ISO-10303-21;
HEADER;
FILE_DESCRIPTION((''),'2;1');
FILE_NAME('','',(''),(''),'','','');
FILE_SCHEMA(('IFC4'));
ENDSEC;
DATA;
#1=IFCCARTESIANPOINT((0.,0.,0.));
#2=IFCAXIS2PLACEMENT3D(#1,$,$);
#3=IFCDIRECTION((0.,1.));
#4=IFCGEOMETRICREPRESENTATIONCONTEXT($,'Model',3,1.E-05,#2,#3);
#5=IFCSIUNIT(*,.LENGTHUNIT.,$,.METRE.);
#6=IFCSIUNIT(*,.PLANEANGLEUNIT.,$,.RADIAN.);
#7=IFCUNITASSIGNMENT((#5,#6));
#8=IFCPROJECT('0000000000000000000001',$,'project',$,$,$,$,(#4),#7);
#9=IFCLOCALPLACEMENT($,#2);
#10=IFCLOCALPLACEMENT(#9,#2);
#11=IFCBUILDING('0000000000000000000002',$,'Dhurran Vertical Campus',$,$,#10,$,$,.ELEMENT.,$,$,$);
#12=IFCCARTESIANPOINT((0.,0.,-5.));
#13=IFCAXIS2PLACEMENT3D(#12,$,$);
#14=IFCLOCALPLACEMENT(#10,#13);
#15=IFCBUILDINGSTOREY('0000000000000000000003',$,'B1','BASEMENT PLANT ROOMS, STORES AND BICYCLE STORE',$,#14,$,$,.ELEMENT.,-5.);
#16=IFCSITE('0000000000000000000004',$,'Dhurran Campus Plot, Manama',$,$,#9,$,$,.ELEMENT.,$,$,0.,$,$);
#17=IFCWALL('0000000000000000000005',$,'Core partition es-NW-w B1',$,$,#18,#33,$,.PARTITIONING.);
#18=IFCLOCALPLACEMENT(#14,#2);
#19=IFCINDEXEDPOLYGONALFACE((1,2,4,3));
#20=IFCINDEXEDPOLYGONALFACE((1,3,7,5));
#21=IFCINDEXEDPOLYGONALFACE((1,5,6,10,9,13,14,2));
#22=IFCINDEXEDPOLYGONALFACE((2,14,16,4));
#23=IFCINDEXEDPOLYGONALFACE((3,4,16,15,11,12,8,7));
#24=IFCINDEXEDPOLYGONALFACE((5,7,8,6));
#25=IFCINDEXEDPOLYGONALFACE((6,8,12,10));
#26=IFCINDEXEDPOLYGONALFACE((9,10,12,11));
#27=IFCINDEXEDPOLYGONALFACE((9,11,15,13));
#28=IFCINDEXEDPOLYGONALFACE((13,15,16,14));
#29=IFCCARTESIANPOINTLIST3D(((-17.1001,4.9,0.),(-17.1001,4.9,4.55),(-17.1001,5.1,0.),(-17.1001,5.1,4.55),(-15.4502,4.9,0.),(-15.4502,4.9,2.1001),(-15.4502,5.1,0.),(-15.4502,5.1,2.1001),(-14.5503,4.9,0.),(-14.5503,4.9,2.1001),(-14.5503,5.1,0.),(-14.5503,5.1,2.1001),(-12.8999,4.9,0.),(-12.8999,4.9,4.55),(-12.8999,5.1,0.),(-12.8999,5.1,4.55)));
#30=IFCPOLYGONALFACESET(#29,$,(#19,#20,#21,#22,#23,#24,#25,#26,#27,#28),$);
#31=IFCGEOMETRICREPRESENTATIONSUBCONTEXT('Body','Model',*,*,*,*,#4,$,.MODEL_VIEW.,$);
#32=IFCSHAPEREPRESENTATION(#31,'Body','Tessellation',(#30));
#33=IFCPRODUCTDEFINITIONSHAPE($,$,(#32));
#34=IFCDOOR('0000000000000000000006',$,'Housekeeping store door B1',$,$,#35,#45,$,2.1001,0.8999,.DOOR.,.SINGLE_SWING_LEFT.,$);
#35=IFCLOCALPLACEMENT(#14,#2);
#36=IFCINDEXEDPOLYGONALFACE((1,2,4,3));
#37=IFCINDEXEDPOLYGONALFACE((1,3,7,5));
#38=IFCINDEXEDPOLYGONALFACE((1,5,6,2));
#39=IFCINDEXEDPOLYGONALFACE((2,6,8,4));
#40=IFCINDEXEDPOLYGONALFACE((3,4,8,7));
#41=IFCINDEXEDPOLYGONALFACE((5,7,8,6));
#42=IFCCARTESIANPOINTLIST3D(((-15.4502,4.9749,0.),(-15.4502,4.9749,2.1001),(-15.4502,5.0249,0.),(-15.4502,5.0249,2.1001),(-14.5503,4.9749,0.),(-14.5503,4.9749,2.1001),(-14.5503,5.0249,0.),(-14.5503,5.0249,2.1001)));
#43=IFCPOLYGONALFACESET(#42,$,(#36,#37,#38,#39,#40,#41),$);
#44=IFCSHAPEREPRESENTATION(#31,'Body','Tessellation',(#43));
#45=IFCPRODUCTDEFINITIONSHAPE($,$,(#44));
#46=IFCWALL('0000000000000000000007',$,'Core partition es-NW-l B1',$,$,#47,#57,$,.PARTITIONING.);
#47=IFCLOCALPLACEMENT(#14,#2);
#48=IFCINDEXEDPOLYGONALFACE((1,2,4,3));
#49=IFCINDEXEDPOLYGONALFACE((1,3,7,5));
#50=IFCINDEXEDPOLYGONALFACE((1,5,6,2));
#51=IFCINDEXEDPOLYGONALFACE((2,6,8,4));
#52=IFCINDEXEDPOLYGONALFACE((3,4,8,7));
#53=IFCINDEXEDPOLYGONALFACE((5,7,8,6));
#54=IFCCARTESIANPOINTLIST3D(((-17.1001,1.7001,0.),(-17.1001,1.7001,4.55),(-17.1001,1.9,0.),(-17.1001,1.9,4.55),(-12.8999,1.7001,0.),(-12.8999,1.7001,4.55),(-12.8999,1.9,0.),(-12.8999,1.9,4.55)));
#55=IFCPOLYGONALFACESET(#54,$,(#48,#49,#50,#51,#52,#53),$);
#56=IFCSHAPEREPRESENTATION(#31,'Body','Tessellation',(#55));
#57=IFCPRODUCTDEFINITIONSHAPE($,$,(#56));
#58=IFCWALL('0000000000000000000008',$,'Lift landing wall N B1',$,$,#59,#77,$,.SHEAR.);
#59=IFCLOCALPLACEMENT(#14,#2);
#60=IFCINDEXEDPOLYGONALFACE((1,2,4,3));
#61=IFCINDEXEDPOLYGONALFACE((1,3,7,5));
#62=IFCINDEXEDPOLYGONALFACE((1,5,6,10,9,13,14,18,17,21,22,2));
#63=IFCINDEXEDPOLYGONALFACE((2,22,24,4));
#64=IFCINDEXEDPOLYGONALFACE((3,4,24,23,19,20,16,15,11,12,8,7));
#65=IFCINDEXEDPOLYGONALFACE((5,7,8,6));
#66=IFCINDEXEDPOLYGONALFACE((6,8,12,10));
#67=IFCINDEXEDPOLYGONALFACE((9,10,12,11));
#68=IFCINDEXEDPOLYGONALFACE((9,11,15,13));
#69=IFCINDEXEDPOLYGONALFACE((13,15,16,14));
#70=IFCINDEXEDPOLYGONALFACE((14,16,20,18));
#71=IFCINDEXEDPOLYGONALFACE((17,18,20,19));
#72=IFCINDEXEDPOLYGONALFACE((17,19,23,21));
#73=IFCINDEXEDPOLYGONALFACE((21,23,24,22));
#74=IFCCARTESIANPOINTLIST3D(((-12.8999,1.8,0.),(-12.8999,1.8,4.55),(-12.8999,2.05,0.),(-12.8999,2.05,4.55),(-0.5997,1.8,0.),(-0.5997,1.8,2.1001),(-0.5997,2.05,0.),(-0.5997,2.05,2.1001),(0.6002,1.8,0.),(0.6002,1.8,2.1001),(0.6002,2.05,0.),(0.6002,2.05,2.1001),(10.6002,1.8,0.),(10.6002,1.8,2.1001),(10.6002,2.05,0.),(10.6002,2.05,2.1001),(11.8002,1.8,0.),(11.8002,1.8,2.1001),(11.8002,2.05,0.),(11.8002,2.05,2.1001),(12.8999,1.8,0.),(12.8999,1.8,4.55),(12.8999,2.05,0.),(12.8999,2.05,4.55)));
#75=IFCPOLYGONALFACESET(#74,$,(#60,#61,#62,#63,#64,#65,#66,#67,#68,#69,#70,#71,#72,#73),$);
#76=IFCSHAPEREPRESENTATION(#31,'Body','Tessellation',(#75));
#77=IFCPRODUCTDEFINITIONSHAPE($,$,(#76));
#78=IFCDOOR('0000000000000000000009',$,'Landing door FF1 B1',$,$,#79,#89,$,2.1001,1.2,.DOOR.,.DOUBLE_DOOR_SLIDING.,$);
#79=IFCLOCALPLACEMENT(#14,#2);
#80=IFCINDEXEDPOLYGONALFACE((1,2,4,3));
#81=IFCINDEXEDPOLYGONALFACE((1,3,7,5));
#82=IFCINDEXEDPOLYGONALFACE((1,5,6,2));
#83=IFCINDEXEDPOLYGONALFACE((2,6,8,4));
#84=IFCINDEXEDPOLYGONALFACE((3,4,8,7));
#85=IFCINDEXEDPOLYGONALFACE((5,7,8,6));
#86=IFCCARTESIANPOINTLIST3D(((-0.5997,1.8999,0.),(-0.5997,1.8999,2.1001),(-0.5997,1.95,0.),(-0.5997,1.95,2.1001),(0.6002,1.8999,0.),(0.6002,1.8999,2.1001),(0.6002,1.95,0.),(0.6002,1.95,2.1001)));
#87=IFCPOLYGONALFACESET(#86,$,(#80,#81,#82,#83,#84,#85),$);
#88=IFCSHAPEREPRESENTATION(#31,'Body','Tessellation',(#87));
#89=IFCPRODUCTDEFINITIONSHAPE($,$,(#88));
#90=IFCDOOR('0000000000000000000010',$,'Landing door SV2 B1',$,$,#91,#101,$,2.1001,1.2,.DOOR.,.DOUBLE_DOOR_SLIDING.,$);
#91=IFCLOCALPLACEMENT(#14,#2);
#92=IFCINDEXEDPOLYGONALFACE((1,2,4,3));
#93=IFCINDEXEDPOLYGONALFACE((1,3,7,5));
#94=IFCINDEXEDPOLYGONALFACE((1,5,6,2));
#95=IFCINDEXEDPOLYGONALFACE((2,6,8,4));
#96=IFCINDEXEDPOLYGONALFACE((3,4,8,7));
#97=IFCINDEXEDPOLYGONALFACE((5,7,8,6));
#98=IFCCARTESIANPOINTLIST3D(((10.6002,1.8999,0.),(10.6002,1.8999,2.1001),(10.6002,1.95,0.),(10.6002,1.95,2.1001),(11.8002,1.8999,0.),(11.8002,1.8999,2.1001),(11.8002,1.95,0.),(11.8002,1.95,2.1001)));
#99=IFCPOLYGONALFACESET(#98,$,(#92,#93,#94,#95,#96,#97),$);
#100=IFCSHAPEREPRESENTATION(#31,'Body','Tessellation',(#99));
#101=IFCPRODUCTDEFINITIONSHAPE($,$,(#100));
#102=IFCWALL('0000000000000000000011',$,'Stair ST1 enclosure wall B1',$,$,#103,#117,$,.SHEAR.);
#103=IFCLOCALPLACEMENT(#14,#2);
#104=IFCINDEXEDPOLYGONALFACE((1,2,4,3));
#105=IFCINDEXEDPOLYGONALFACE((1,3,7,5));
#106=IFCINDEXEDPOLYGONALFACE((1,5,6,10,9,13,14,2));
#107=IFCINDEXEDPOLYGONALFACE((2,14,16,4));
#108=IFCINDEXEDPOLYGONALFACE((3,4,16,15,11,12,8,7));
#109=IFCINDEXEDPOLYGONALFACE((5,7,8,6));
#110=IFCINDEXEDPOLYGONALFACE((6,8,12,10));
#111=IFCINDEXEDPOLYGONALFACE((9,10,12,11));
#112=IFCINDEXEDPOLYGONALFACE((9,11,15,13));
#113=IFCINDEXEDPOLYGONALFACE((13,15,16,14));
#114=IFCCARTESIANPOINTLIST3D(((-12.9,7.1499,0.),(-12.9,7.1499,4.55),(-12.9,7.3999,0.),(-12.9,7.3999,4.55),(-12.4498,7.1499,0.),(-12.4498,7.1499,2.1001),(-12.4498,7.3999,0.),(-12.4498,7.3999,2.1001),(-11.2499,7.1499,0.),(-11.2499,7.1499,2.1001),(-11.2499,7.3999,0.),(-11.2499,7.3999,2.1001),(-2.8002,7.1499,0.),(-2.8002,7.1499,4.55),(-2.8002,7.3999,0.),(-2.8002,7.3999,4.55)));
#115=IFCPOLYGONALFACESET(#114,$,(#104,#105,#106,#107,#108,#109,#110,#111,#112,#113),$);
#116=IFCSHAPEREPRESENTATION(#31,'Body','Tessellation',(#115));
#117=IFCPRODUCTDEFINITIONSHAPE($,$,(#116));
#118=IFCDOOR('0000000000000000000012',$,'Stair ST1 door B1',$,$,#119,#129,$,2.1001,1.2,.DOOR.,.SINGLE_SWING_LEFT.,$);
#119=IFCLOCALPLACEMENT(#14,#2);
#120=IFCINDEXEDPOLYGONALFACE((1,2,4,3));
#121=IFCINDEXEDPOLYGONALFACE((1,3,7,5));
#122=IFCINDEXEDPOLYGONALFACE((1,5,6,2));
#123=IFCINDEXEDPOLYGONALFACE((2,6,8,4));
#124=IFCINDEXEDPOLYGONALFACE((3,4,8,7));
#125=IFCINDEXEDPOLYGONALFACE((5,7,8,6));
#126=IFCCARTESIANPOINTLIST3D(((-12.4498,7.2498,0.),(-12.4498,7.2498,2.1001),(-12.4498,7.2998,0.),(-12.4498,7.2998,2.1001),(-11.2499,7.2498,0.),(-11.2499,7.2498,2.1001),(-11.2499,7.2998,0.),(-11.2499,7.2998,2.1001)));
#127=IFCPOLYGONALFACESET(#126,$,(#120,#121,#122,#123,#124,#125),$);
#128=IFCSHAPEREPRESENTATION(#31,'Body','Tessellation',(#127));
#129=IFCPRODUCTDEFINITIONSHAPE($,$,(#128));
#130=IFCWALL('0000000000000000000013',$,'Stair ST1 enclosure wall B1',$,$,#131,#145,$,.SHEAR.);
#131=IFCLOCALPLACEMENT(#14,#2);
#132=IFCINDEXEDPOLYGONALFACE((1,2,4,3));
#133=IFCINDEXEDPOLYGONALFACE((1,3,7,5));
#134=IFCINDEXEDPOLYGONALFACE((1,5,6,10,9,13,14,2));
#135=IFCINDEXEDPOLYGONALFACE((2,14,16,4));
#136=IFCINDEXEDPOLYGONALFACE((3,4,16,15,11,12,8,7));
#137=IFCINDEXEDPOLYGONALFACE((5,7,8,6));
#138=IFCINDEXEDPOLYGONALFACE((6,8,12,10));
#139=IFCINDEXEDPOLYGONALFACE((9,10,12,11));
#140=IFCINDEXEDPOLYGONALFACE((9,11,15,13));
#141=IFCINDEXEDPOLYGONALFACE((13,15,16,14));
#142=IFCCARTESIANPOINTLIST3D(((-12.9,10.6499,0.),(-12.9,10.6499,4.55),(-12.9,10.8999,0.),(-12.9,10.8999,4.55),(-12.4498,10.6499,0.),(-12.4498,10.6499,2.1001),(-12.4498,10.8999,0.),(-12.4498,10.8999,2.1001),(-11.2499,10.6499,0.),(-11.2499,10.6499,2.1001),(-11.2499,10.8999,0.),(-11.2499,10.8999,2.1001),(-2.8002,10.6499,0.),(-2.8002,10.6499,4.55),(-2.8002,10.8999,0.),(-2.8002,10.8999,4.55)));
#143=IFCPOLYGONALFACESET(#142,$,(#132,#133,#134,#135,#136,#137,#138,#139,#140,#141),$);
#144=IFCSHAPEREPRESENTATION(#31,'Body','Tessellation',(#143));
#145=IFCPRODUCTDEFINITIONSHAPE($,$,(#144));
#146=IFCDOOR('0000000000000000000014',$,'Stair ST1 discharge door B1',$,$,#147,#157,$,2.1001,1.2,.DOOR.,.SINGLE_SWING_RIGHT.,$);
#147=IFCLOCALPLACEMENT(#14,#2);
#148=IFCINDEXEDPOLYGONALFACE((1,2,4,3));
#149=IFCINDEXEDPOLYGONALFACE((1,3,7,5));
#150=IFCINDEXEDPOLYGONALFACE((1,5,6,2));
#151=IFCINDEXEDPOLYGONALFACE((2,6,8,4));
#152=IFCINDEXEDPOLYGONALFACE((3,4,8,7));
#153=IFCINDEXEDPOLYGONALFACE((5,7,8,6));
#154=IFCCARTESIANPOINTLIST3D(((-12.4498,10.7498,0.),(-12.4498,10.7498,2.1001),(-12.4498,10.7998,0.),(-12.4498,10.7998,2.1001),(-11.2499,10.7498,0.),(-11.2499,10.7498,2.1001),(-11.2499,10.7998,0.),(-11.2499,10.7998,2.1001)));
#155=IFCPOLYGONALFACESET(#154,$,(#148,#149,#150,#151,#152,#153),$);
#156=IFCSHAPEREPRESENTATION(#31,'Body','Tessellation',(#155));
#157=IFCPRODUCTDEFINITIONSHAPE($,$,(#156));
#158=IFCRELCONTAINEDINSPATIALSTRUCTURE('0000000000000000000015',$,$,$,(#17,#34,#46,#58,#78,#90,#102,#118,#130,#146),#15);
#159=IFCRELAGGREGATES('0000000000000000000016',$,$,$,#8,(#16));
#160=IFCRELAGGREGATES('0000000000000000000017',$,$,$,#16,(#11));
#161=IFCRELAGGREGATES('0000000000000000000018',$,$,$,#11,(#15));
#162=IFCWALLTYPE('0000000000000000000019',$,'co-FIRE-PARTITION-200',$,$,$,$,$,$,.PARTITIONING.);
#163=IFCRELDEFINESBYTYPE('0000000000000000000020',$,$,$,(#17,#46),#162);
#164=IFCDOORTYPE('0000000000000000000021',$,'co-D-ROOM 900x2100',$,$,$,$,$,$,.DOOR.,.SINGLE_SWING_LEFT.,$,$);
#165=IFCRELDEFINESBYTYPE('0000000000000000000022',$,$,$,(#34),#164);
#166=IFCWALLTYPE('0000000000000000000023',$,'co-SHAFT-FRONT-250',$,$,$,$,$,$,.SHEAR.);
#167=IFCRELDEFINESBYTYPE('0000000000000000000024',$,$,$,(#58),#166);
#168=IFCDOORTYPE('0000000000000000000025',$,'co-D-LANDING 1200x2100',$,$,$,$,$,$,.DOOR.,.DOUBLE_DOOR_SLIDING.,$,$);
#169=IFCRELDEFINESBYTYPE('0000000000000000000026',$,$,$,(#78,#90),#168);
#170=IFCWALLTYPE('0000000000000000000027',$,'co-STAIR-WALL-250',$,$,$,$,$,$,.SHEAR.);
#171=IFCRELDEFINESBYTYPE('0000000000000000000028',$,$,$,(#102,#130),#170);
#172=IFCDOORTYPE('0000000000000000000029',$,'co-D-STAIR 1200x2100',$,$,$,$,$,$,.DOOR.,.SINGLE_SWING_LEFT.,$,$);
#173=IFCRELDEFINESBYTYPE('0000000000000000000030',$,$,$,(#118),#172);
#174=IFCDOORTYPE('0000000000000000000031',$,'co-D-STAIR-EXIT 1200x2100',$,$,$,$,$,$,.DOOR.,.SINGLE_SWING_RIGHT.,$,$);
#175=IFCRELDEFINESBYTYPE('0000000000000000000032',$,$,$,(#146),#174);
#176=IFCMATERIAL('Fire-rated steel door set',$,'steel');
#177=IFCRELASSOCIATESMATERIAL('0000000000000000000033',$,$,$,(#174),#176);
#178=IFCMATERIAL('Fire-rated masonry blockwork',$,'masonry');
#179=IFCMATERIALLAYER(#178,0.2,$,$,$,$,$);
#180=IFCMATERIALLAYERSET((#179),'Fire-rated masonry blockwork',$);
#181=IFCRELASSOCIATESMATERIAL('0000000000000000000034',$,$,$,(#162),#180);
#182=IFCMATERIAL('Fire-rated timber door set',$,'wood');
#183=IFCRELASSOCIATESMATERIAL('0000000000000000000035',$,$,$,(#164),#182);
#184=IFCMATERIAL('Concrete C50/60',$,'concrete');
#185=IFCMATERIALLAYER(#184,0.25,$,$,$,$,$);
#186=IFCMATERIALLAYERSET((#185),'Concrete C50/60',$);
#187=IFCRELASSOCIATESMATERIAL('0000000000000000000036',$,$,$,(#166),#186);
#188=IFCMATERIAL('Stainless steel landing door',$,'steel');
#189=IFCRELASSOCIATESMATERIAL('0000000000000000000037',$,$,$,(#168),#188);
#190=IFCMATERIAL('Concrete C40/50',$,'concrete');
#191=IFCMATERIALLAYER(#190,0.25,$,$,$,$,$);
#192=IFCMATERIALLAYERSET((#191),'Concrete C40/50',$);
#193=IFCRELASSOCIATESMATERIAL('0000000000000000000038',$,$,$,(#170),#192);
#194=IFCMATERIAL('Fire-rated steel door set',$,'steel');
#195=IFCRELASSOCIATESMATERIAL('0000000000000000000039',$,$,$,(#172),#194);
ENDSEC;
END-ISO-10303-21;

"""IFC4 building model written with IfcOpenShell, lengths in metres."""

from ifc_helpers import new_model, si_unit, direction, frame, frame_2d, origin, place, context, subcontext, project, spatial, rectangle, extrude, material, layer, layer_set, type_object, element, fill, save


model = new_model("IFC4")

# Units and contexts
model_context = context("Model", 3, precision=1e-05, world=origin(), true_north=direction((0.0, 1.0)))
body_context = subcontext(model_context, "Body", "Model", "MODEL_VIEW")
ifc_project = project(units=[si_unit("LENGTHUNIT", "METRE"), si_unit("PLANEANGLEUNIT", "RADIAN")], contexts=[model_context])

# Site, building, storey
site_placement = place(None, origin())
site = spatial("IfcSite", under=ifc_project, at=site_placement, Name="Dhurran Campus Plot, Manama", CompositionType="ELEMENT", RefElevation=0.0)
building_placement = place(site_placement, origin())
building = spatial("IfcBuilding", under=site, at=building_placement, Name="Dhurran Vertical Campus", CompositionType="ELEMENT")
storey_placement = place(building_placement, frame((0.0, 0.0, -5.0)))
storey = spatial("IfcBuildingStorey", under=building, at=storey_placement, Name="B1", Description="BASEMENT PLANT ROOMS, STORES AND BICYCLE STORE", CompositionType="ELEMENT", Elevation=-5.0)

# Shared definitions
ifc_material_1 = material(Name="Fire-rated steel door set", Category="steel")
door_type_1 = type_object("IfcDoorType", Name="co-D-STAIR-EXIT 1200x2100", OperationType="SINGLE_SWING_RIGHT", PredefinedType="DOOR", material=ifc_material_1)

# Shared definitions
ifc_material_2 = material(Name="Fire-rated masonry blockwork", Category="masonry")
ifc_layer_1 = layer(ifc_material_2, 0.2)
ifc_layer_set_1 = layer_set([ifc_layer_1], Name="Fire-rated masonry blockwork")
wall_type_1 = type_object("IfcWallType", Name="co-FIRE-PARTITION-200", PredefinedType="PARTITIONING", material=ifc_layer_set_1)

# Wall, opening, door
ifc_material_3 = material(Name="Fire-rated timber door set", Category="wood")
door_type_2 = type_object("IfcDoorType", Name="co-D-ROOM 900x2100", OperationType="SINGLE_SWING_LEFT", PredefinedType="DOOR", material=ifc_material_3)
wall_1_placement = place(storey_placement, frame((-17.1001, 5.0, 0.0), z_axis=(0.0, 0.0, 1.0), x_axis=(1.0, 0.0, 0.0)))
wall_1 = element("IfcWall", 1, at=wall_1_placement, inside=storey, type_object=wall_type_1, Name="Core partition es-NW-w B1", PredefinedType="PARTITIONING", context=body_context, shape_type="SweptSolid", body=[
    extrude(rectangle(XDim=4.2002, YDim=0.2, at=frame_2d((2.1001, 0.0))), origin(), (0.0, 0.0, 1.0), 4.55),
])
opening_1_placement = place(wall_1_placement, frame((1.6499, 0.0, 0.0)))
opening_1 = element("IfcOpeningElement", 2, at=opening_1_placement, cuts=wall_1, PredefinedType="OPENING", context=body_context, shape_type="SweptSolid", body=[
    extrude(rectangle(XDim=0.8999, YDim=2.1001, at=frame_2d((0.45, 1.05))), frame((0.0, 0.1099, 0.0), z_axis=(0.0, -1.0, 0.0), x_axis=(1.0, 0.0, 0.0)), (0.0, 0.0, 1.0), 0.22),
])
door_1_placement = place(opening_1_placement, origin())
door_1 = element("IfcDoor", 3, at=door_1_placement, inside=storey, type_object=door_type_2, Name="Housekeeping store door B1", OperationType="SINGLE_SWING_LEFT", OverallHeight=2.1001, OverallWidth=0.8999, PredefinedType="DOOR", context=body_context, shape_type="SweptSolid", body=[
    extrude(rectangle(XDim=0.8999, YDim=2.1001, at=frame_2d((0.45, 1.05))), frame((0.0, 0.0249, 0.0), z_axis=(0.0, -1.0, 0.0), x_axis=(1.0, 0.0, 0.0)), (0.0, 0.0, 1.0), 0.05),
])
fill(opening_1, door_1)

# Wall
wall_2_placement = place(storey_placement, frame((-17.1001, 1.8, 0.0), z_axis=(0.0, 0.0, 1.0), x_axis=(1.0, 0.0, 0.0)))
element("IfcWall", 4, at=wall_2_placement, inside=storey, type_object=wall_type_1, Name="Core partition es-NW-l B1", PredefinedType="PARTITIONING", context=body_context, shape_type="SweptSolid", body=[
    extrude(rectangle(XDim=4.2002, YDim=0.2, at=frame_2d((2.1001, 0.0))), origin(), (0.0, 0.0, 1.0), 4.55),
])

# Wall, openings, doors
ifc_material_4 = material(Name="Concrete C50/60", Category="concrete")
ifc_layer_2 = layer(ifc_material_4, 0.25)
ifc_layer_set_2 = layer_set([ifc_layer_2], Name="Concrete C50/60")
wall_type_2 = type_object("IfcWallType", Name="co-SHAFT-FRONT-250", PredefinedType="SHEAR", material=ifc_layer_set_2)
wall_3_placement = place(storey_placement, frame((-12.8999, 1.925, 0.0), z_axis=(0.0, 0.0, 1.0), x_axis=(1.0, 0.0, 0.0)))
wall_3 = element("IfcWall", 5, at=wall_3_placement, inside=storey, type_object=wall_type_2, Name="Lift landing wall N B1", PredefinedType="SHEAR", context=body_context, shape_type="SweptSolid", body=[
    extrude(rectangle(XDim=25.7998, YDim=0.25, at=frame_2d((12.8999, 0.0))), origin(), (0.0, 0.0, 1.0), 4.55),
])
opening_2_placement = place(wall_3_placement, frame((12.3, 0.0, 0.0)))
opening_2 = element("IfcOpeningElement", 6, at=opening_2_placement, cuts=wall_3, PredefinedType="OPENING", context=body_context, shape_type="SweptSolid", body=[
    extrude(rectangle(XDim=1.2, YDim=2.1001, at=frame_2d((0.6001, 1.05))), frame((0.0, 0.135, 0.0), z_axis=(0.0, -1.0, 0.0), x_axis=(1.0, 0.0, 0.0)), (0.0, 0.0, 1.0), 0.27),
])
opening_3_placement = place(wall_3_placement, frame((23.5, 0.0, 0.0)))
opening_3 = element("IfcOpeningElement", 7, at=opening_3_placement, cuts=wall_3, PredefinedType="OPENING", context=body_context, shape_type="SweptSolid", body=[
    extrude(rectangle(XDim=1.2, YDim=2.1001, at=frame_2d((0.6001, 1.05))), frame((0.0, 0.135, 0.0), z_axis=(0.0, -1.0, 0.0), x_axis=(1.0, 0.0, 0.0)), (0.0, 0.0, 1.0), 0.27),
])
ifc_material_5 = material(Name="Stainless steel landing door", Category="steel")
door_type_3 = type_object("IfcDoorType", Name="co-D-LANDING 1200x2100", OperationType="DOUBLE_DOOR_SLIDING", PredefinedType="DOOR", material=ifc_material_5)
door_2_placement = place(opening_2_placement, origin())
door_2 = element("IfcDoor", 8, at=door_2_placement, inside=storey, type_object=door_type_3, Name="Landing door FF1 B1", OperationType="DOUBLE_DOOR_SLIDING", OverallHeight=2.1001, OverallWidth=1.2, PredefinedType="DOOR", context=body_context, shape_type="SweptSolid", body=[
    extrude(rectangle(XDim=1.2, YDim=2.1001, at=frame_2d((0.6001, 1.05))), frame((0.0, 0.0249, 0.0), z_axis=(0.0, -1.0, 0.0), x_axis=(1.0, 0.0, 0.0)), (0.0, 0.0, 1.0), 0.05),
])
fill(opening_2, door_2)
door_3_placement = place(opening_3_placement, origin())
door_3 = element("IfcDoor", 9, at=door_3_placement, inside=storey, type_object=door_type_3, Name="Landing door SV2 B1", OperationType="DOUBLE_DOOR_SLIDING", OverallHeight=2.1001, OverallWidth=1.2, PredefinedType="DOOR", context=body_context, shape_type="SweptSolid", body=[
    extrude(rectangle(XDim=1.2, YDim=2.1001, at=frame_2d((0.6001, 1.05))), frame((0.0, 0.0249, 0.0), z_axis=(0.0, -1.0, 0.0), x_axis=(1.0, 0.0, 0.0)), (0.0, 0.0, 1.0), 0.05),
])
fill(opening_3, door_3)

# Walls, openings, doors
ifc_material_6 = material(Name="Concrete C40/50", Category="concrete")
ifc_layer_3 = layer(ifc_material_6, 0.25)
ifc_layer_set_3 = layer_set([ifc_layer_3], Name="Concrete C40/50")
wall_type_3 = type_object("IfcWallType", Name="co-STAIR-WALL-250", PredefinedType="SHEAR", material=ifc_layer_set_3)
wall_4_placement = place(storey_placement, frame((-12.8999, 7.2749, 0.0), z_axis=(0.0, 0.0, 1.0), x_axis=(1.0, 0.0, 0.0)))
wall_4 = element("IfcWall", 10, at=wall_4_placement, inside=storey, type_object=wall_type_3, Name="Stair ST1 enclosure wall B1", PredefinedType="SHEAR", context=body_context, shape_type="SweptSolid", body=[
    extrude(rectangle(XDim=10.0999, YDim=0.25, at=frame_2d((5.0498, 0.0))), origin(), (0.0, 0.0, 1.0), 4.55),
])
opening_4_placement = place(wall_4_placement, frame((0.45, 0.0, 0.0)))
opening_4 = element("IfcOpeningElement", 11, at=opening_4_placement, cuts=wall_4, PredefinedType="OPENING", context=body_context, shape_type="SweptSolid", body=[
    extrude(rectangle(XDim=1.2, YDim=2.1001, at=frame_2d((0.6001, 1.05))), frame((0.0, 0.135, 0.0), z_axis=(0.0, -1.0, 0.0), x_axis=(1.0, 0.0, 0.0)), (0.0, 0.0, 1.0), 0.27),
])
ifc_material_7 = material(Name="Fire-rated steel door set", Category="steel")
door_type_4 = type_object("IfcDoorType", Name="co-D-STAIR 1200x2100", OperationType="SINGLE_SWING_LEFT", PredefinedType="DOOR", material=ifc_material_7)
door_4_placement = place(opening_4_placement, origin())
door_4 = element("IfcDoor", 12, at=door_4_placement, inside=storey, type_object=door_type_4, Name="Stair ST1 door B1", OperationType="SINGLE_SWING_LEFT", OverallHeight=2.1001, OverallWidth=1.2, PredefinedType="DOOR", context=body_context, shape_type="SweptSolid", body=[
    extrude(rectangle(XDim=1.2, YDim=2.1001, at=frame_2d((0.6001, 1.05))), frame((0.0, 0.0249, 0.0), z_axis=(0.0, -1.0, 0.0), x_axis=(1.0, 0.0, 0.0)), (0.0, 0.0, 1.0), 0.05),
])
fill(opening_4, door_4)
wall_5_placement = place(storey_placement, frame((-12.8999, 10.7749, 0.0), z_axis=(0.0, 0.0, 1.0), x_axis=(1.0, 0.0, 0.0)))
wall_5 = element("IfcWall", 13, at=wall_5_placement, inside=storey, type_object=wall_type_3, Name="Stair ST1 enclosure wall B1", PredefinedType="SHEAR", context=body_context, shape_type="SweptSolid", body=[
    extrude(rectangle(XDim=10.0999, YDim=0.25, at=frame_2d((5.0498, 0.0))), origin(), (0.0, 0.0, 1.0), 4.55),
])
opening_5_placement = place(wall_5_placement, frame((0.45, 0.0, 0.0)))
opening_5 = element("IfcOpeningElement", 14, at=opening_5_placement, cuts=wall_5, PredefinedType="OPENING", context=body_context, shape_type="SweptSolid", body=[
    extrude(rectangle(XDim=1.2, YDim=2.1001, at=frame_2d((0.6001, 1.05))), frame((0.0, 0.135, 0.0), z_axis=(0.0, -1.0, 0.0), x_axis=(1.0, 0.0, 0.0)), (0.0, 0.0, 1.0), 0.27),
])
door_5_placement = place(opening_5_placement, origin())
door_5 = element("IfcDoor", 15, at=door_5_placement, inside=storey, type_object=door_type_1, Name="Stair ST1 discharge door B1", OperationType="SINGLE_SWING_RIGHT", OverallHeight=2.1001, OverallWidth=1.2, PredefinedType="DOOR", context=body_context, shape_type="SweptSolid", body=[
    extrude(rectangle(XDim=1.2, YDim=2.1001, at=frame_2d((0.6001, 1.05))), frame((0.0, 0.0249, 0.0), z_axis=(0.0, -1.0, 0.0), x_axis=(1.0, 0.0, 0.0)), (0.0, 0.0, 1.0), 0.05),
])
fill(opening_5, door_5)

save(model, "model.ifc")
